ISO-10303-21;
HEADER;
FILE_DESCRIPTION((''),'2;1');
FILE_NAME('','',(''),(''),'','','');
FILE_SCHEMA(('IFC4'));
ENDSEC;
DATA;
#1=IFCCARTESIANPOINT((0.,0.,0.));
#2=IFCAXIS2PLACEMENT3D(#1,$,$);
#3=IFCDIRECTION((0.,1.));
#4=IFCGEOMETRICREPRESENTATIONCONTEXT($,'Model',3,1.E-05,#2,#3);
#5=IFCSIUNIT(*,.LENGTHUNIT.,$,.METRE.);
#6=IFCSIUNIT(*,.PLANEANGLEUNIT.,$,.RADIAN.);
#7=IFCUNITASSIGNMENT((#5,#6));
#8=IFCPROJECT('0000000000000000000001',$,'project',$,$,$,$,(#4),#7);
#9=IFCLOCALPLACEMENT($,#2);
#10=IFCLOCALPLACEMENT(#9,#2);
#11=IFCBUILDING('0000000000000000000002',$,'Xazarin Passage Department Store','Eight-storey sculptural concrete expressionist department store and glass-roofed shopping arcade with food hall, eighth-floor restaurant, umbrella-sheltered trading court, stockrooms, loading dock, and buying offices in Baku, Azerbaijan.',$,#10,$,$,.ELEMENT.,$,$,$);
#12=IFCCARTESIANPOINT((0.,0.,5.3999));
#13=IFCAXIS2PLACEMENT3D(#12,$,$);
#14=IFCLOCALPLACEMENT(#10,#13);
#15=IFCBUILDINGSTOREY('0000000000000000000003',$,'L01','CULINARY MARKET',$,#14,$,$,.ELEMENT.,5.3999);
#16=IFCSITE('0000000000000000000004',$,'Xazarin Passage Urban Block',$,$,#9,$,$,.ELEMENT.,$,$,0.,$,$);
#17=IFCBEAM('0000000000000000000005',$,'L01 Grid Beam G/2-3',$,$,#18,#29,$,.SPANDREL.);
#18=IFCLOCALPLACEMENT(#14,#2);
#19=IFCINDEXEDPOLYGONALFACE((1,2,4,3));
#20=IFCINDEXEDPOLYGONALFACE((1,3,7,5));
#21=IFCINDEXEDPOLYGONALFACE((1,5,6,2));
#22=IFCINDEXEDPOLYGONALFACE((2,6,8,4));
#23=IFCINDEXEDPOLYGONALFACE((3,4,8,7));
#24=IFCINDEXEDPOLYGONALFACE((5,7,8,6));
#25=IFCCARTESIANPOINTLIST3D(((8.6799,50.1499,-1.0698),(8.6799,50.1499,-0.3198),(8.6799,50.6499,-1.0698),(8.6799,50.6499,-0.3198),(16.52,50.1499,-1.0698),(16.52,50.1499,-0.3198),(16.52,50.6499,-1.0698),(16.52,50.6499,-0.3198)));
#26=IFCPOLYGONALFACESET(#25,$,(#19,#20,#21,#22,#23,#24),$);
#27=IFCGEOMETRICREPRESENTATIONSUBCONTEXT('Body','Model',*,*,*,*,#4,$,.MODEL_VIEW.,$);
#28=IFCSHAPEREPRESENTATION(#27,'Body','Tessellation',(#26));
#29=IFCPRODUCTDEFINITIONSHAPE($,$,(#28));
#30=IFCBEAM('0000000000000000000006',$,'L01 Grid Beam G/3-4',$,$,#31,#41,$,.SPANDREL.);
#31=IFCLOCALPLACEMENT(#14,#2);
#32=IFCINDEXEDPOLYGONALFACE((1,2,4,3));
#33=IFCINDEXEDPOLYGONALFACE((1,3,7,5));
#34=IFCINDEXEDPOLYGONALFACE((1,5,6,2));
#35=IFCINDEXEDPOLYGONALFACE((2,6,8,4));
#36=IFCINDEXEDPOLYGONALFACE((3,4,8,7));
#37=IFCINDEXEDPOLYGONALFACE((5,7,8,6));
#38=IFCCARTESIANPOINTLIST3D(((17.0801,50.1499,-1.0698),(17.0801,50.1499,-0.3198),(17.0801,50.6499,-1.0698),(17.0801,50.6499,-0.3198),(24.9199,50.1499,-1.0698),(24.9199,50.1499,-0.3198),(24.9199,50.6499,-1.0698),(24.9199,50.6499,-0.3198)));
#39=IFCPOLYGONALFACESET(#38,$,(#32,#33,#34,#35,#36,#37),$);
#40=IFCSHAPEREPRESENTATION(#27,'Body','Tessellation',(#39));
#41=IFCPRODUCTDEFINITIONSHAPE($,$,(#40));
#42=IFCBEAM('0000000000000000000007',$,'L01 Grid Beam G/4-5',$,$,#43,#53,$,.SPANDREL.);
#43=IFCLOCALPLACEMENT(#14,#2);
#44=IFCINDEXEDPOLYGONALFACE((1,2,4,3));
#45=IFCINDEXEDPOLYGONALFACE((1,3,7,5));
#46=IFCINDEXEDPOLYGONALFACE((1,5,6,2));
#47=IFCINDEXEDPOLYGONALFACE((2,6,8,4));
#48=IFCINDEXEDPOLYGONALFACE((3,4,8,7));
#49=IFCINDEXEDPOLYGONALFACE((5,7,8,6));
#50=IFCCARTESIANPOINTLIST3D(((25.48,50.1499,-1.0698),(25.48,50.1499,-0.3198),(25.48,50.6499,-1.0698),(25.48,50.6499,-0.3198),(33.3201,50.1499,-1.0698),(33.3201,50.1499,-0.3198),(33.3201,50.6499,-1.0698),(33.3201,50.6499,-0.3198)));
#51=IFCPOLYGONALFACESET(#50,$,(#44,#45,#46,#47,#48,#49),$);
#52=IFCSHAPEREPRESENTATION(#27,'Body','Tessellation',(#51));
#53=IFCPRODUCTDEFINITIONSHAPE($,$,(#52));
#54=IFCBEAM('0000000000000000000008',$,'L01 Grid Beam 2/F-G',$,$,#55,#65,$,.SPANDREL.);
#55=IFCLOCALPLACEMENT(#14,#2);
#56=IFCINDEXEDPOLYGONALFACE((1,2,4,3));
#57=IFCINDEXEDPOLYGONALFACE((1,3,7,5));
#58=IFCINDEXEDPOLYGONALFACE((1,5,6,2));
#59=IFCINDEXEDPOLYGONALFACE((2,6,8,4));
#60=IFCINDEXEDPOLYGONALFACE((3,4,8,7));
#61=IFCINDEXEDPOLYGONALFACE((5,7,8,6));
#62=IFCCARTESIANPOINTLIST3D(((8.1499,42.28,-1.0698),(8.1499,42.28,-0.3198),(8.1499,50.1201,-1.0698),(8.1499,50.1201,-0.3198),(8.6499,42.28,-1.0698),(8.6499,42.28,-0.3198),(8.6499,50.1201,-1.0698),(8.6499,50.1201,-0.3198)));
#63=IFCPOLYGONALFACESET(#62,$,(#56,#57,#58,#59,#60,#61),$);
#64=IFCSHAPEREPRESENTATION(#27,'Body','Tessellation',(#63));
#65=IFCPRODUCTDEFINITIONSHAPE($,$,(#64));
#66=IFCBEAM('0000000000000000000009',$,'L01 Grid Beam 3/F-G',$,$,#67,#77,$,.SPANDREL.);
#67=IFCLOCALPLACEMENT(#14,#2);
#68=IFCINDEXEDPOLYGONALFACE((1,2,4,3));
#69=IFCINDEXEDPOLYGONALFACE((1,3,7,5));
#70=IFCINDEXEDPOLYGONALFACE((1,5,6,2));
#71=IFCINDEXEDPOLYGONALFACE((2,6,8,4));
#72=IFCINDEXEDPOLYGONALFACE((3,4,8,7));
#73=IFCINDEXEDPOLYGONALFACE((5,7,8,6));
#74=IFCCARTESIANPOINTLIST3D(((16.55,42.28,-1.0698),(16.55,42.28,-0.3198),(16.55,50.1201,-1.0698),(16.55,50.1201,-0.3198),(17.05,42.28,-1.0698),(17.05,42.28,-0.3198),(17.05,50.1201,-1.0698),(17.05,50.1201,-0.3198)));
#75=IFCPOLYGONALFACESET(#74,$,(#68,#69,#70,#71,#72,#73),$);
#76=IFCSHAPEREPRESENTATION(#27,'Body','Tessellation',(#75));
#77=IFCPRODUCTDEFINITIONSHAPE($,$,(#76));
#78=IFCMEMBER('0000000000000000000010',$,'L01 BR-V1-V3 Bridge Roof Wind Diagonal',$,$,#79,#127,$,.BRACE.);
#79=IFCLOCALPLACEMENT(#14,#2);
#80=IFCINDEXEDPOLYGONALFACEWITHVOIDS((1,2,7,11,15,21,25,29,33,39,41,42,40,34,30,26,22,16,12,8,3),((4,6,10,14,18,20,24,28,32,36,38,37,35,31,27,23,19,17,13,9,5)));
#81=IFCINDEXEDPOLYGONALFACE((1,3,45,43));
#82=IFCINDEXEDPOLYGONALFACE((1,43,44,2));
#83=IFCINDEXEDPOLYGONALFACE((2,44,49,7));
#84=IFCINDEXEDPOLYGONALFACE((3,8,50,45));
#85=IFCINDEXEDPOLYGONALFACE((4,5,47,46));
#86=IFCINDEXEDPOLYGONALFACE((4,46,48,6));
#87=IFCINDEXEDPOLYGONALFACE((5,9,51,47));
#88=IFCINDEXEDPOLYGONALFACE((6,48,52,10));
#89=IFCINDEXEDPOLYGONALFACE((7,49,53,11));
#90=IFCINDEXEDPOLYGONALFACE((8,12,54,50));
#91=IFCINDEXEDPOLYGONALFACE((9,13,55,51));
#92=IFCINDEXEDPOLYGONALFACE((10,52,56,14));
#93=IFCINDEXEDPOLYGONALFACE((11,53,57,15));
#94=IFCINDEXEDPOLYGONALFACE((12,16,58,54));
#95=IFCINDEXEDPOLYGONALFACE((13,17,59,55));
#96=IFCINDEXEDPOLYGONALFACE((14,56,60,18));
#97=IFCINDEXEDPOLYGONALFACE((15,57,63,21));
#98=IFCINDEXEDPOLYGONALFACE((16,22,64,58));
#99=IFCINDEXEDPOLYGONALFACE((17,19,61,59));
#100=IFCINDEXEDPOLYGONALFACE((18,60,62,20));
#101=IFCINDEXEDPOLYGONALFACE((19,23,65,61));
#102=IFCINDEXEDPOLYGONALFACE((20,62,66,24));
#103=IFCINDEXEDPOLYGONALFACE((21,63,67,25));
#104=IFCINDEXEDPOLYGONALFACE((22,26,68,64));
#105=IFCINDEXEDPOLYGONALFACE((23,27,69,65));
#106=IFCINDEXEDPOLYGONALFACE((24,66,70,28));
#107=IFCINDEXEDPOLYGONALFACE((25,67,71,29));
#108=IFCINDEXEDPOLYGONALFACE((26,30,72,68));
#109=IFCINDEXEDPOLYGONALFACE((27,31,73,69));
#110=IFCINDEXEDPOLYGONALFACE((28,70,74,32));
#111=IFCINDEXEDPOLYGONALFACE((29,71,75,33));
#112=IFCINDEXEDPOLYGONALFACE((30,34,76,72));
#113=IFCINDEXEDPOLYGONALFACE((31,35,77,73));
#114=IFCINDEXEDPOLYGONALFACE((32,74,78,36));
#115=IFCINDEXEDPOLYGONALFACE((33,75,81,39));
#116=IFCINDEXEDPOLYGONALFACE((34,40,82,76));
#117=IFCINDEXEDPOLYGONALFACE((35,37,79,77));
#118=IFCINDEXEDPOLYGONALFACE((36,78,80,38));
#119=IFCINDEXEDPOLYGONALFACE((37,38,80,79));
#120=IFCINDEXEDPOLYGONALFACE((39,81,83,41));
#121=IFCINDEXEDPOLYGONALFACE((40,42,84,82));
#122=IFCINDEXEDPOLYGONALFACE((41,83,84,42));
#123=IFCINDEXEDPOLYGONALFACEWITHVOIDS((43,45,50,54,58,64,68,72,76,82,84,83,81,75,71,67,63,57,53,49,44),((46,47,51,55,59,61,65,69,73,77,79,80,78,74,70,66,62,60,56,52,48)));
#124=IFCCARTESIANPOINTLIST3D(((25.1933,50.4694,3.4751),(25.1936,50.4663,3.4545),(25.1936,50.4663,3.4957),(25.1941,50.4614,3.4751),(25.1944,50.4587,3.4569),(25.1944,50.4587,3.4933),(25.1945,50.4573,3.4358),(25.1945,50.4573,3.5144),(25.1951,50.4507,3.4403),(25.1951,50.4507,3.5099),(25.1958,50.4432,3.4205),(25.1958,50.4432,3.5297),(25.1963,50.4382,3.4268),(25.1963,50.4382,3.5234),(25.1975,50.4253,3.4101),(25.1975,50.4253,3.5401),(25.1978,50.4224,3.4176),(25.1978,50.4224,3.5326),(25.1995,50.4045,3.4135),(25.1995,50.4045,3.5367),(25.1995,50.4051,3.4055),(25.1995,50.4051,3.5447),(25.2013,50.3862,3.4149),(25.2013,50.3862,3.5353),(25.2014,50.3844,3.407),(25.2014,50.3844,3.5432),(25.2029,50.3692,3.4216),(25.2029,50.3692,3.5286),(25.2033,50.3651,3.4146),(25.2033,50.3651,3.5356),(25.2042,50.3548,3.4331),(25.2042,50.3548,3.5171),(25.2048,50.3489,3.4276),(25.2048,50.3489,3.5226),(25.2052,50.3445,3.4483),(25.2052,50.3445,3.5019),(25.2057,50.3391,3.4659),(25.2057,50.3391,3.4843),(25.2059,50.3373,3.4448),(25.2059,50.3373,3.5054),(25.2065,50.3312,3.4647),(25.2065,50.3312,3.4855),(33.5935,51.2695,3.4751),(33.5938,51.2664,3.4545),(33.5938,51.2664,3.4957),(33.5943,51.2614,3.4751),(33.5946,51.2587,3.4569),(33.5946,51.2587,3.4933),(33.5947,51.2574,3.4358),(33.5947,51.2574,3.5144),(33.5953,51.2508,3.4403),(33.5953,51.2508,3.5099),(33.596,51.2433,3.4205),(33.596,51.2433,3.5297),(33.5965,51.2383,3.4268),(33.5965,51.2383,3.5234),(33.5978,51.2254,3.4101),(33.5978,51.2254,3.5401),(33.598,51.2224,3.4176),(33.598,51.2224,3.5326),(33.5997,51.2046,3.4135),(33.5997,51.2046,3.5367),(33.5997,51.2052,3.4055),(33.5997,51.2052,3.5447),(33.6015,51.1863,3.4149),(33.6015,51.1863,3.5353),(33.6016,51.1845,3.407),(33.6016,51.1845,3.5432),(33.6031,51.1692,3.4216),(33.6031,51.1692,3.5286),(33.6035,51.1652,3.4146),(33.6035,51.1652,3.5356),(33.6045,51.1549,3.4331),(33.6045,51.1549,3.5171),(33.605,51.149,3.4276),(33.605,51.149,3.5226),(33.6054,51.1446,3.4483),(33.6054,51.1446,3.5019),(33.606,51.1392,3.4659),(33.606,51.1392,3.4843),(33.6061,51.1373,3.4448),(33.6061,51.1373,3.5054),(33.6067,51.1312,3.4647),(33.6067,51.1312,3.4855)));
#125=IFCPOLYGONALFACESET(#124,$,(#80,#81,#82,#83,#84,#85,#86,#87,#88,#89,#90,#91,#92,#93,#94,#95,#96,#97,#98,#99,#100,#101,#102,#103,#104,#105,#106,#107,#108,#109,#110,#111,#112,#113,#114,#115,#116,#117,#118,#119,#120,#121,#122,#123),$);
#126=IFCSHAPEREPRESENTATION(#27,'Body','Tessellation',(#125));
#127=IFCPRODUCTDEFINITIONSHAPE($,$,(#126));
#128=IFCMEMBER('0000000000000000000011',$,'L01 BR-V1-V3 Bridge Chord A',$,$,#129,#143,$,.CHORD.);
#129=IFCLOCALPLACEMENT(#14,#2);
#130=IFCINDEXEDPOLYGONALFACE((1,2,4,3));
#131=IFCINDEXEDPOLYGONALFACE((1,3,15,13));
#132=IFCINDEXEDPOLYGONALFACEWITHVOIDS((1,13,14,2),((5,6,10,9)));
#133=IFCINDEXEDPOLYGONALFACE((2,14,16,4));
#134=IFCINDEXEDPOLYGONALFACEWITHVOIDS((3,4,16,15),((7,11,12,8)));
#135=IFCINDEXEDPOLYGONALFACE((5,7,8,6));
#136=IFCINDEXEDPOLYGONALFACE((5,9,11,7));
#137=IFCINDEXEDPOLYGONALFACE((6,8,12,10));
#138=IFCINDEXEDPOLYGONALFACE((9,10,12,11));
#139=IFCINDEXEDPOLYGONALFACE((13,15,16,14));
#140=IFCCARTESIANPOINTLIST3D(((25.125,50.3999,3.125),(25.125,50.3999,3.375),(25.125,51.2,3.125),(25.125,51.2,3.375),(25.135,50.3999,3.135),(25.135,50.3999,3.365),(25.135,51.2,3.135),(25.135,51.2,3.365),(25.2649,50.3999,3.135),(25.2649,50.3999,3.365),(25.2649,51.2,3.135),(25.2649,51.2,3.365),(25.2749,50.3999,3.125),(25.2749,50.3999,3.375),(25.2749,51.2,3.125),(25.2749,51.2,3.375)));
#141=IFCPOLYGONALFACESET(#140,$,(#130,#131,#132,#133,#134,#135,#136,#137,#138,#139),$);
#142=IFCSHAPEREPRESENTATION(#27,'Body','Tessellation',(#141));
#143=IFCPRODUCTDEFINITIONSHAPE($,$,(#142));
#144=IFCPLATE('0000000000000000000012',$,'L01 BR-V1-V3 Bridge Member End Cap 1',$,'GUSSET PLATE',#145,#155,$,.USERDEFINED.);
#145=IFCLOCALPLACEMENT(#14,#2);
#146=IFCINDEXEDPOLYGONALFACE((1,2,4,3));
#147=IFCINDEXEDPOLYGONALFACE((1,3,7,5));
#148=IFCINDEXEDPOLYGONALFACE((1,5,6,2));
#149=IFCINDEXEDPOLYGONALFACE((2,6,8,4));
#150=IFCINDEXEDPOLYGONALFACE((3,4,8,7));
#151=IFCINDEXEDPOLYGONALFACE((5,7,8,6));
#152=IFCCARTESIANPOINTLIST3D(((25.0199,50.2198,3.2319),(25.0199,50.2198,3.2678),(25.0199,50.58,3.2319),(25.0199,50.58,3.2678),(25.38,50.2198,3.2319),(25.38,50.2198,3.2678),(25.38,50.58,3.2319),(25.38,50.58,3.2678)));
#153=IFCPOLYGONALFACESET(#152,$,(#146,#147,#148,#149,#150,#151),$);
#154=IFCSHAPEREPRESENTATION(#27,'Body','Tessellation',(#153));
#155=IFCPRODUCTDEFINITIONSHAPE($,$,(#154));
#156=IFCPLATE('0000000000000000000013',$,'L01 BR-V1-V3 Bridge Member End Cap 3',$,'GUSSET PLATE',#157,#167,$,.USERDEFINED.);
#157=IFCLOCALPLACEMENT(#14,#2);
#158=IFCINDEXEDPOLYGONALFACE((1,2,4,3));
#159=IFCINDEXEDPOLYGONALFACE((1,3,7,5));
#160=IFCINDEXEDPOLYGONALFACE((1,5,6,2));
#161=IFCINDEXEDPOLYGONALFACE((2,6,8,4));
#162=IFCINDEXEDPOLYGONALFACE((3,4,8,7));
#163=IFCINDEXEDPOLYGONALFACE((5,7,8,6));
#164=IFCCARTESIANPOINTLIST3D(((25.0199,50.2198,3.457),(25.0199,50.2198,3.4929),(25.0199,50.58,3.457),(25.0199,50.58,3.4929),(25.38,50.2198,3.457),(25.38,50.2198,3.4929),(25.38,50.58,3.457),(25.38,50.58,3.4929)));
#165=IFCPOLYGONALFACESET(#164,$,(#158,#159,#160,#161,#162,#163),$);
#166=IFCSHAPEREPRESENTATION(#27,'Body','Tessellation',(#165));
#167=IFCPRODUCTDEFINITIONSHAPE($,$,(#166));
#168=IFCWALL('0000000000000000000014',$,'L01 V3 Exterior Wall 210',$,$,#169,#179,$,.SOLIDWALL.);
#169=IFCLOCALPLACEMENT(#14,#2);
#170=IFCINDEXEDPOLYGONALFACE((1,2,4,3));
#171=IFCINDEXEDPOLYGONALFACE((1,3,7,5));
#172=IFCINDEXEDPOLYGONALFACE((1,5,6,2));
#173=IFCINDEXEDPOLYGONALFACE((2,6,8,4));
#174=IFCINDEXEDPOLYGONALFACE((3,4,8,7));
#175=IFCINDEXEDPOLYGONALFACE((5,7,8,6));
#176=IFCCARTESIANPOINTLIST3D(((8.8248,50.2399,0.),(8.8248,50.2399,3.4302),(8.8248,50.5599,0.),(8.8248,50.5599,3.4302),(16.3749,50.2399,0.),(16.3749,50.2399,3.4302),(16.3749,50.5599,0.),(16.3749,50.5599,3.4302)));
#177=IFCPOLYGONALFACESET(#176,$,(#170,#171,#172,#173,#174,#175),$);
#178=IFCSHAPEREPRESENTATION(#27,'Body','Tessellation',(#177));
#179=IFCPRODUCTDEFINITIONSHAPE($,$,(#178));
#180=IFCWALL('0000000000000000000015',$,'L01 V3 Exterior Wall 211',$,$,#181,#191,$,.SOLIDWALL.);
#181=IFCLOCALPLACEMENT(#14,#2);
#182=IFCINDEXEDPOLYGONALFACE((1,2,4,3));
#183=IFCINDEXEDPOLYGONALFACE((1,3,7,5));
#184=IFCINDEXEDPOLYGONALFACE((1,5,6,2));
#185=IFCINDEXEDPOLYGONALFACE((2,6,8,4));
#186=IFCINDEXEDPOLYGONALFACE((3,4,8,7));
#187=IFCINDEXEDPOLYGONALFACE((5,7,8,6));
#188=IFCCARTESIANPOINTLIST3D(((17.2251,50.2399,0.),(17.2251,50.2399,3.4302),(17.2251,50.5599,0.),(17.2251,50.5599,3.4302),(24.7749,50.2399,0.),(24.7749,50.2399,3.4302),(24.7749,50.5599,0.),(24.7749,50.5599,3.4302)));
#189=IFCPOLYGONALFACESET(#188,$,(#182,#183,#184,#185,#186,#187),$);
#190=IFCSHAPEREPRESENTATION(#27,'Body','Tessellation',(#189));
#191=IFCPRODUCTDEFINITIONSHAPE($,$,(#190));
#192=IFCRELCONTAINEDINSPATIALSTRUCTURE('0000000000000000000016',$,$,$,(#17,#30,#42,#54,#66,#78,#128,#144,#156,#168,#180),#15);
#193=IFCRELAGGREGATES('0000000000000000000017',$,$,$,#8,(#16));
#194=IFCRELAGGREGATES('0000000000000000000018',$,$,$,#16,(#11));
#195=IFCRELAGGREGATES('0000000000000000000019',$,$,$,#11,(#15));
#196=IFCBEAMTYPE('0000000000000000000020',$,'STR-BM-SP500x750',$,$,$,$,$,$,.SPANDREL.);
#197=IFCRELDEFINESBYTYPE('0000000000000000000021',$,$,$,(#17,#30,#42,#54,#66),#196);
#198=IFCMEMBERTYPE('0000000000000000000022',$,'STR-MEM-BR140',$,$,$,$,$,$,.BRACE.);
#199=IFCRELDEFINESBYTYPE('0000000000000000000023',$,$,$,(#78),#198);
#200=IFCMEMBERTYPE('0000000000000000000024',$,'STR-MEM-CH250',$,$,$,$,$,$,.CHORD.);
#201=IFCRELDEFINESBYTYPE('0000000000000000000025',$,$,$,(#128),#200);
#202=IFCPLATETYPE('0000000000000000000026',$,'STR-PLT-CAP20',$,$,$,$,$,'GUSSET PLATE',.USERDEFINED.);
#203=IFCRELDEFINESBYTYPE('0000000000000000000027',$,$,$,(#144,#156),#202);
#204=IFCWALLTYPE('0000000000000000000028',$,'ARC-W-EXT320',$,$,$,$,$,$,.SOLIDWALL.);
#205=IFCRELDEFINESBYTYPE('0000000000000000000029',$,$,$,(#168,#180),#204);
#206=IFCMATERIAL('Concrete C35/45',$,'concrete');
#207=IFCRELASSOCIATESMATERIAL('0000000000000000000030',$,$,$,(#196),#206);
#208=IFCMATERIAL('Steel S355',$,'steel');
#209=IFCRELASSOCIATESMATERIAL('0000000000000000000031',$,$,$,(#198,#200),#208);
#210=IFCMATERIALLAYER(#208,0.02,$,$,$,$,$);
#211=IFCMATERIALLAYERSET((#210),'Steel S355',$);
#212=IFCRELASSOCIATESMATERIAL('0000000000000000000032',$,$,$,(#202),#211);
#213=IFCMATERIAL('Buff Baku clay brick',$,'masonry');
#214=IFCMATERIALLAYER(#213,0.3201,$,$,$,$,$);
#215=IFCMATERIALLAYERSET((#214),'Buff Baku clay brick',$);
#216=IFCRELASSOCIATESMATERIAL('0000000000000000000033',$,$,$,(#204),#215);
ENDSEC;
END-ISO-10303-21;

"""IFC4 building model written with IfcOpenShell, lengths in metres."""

from ifc_helpers import new_model, si_unit, direction, frame, frame_2d, origin, origin_2d, place, context, subcontext, project, spatial, rectangle, hollow_rectangle, hollow_circle, extrude, material, layer, layer_set, material_profile, profile_set, type_object, element, save


model = new_model("IFC4")

# Units and contexts
model_context = context("Model", 3, precision=1e-05, world=origin(), true_north=direction((0.0, 1.0)))
body_context = subcontext(model_context, "Body", "Model", "MODEL_VIEW")
ifc_project = project(units=[si_unit("LENGTHUNIT", "METRE"), si_unit("PLANEANGLEUNIT", "RADIAN")], contexts=[model_context])

# Site, building, storey
site_placement = place(None, origin())
site = spatial("IfcSite", under=ifc_project, at=site_placement, Name="Xazarin Passage Urban Block", CompositionType="ELEMENT", RefElevation=0.0)
building_placement = place(site_placement, origin())
building = spatial("IfcBuilding", under=site, at=building_placement, Name="Xazarin Passage Department Store", Description="Eight-storey sculptural concrete expressionist department store and glass-roofed shopping arcade with food hall, eighth-floor restaurant, umbrella-sheltered trading court, stockrooms, loading dock, and buying offices in Baku, Azerbaijan.", CompositionType="ELEMENT")
storey_placement = place(building_placement, frame((0.0, 0.0, 5.3999)))
storey = spatial("IfcBuildingStorey", under=building, at=storey_placement, Name="L01", Description="CULINARY MARKET", CompositionType="ELEMENT", Elevation=5.3999)

# Beams
ifc_material_1 = material(Name="Steel S355", Category="steel")
ifc_material_2 = material(Name="Concrete C35/45", Category="concrete")
ifc_material_profile_1 = material_profile(ifc_material_2, rectangle(XDim=0.5, YDim=0.75, at=origin_2d()), Name="RC 500x750")
ifc_profile_set_1 = profile_set([ifc_material_profile_1], Name="Concrete C35/45")
beam_type_1 = type_object("IfcBeamType", Name="STR-BM-SP500x750", PredefinedType="SPANDREL", material=ifc_profile_set_1)
beam_1_placement = place(storey_placement, frame((8.6799, 50.3999, -0.6948), z_axis=(1.0, 0.0, 0.0), x_axis=(0.0, 1.0, 0.0)))
element("IfcBeam", 1, at=beam_1_placement, inside=storey, type_object=beam_type_1, Name="L01 Grid Beam G/2-3", PredefinedType="SPANDREL", context=body_context, shape_type="SweptSolid", body=[
    extrude(rectangle(XDim=0.5, YDim=0.75, at=origin_2d()), origin(), (0.0, 0.0, 1.0), 7.8401),
])
beam_2_placement = place(storey_placement, frame((17.0801, 50.3999, -0.6948), z_axis=(1.0, 0.0, 0.0), x_axis=(0.0, 1.0, 0.0)))
element("IfcBeam", 2, at=beam_2_placement, inside=storey, type_object=beam_type_1, Name="L01 Grid Beam G/3-4", PredefinedType="SPANDREL", context=body_context, shape_type="SweptSolid", body=[
    extrude(rectangle(XDim=0.5, YDim=0.75, at=origin_2d()), origin(), (0.0, 0.0, 1.0), 7.8398),
])
for number, where, z_axis, x_axis, name in (
    (3, (25.48, 50.3999, -0.6948), (1.0, 0.0, 0.0), (0.0, 1.0, 0.0), "L01 Grid Beam G/4-5"),
    (4, (8.3999, 42.28, -0.6948), (0.0, 1.0, 0.0), (-1.0, 0.0, 0.0), "L01 Grid Beam 2/F-G"),
    (5, (16.8, 42.28, -0.6948), (0.0, 1.0, 0.0), (-1.0, 0.0, 0.0), "L01 Grid Beam 3/F-G"),
):
    element("IfcBeam", number, at=place(storey_placement, frame(where, z_axis=z_axis, x_axis=x_axis)), inside=storey, type_object=beam_type_1, Name=name, PredefinedType="SPANDREL", context=body_context, shape_type="SweptSolid", body=[
        extrude(rectangle(XDim=0.5, YDim=0.75, at=origin_2d()), origin(), (0.0, 0.0, 1.0), 7.8401),
    ])

# Members
ifc_material_profile_2 = material_profile(ifc_material_1, hollow_circle(Radius=0.0698, WallThickness=0.0081, at=origin_2d()), Name="CHS 139.7x8")
ifc_profile_set_2 = profile_set([ifc_material_profile_2], Name="Steel S355")
member_type_1 = type_object("IfcMemberType", Name="STR-MEM-BR140", PredefinedType="BRACE", material=ifc_profile_set_2)
member_1_placement = place(storey_placement, frame((25.2, 50.3999, 3.4751), z_axis=(0.995495, 0.094813, 0.0), x_axis=(-0.094813, 0.995495, 0.0)))
element("IfcMember", 6, at=member_1_placement, inside=storey, type_object=member_type_1, Name="L01 BR-V1-V3 Bridge Roof Wind Diagonal", PredefinedType="BRACE", context=body_context, shape_type="SweptSolid", body=[
    extrude(hollow_circle(Radius=0.0698, WallThickness=0.0081, at=origin_2d()), origin(), (0.0, 0.0, 1.0), 8.4382),
])
ifc_material_profile_3 = material_profile(ifc_material_1, hollow_rectangle(XDim=0.1499, YDim=0.25, WallThickness=0.01, at=origin_2d()), Name="RHS 250x150x10")
ifc_profile_set_3 = profile_set([ifc_material_profile_3], Name="Steel S355")
member_type_2 = type_object("IfcMemberType", Name="STR-MEM-CH250", PredefinedType="CHORD", material=ifc_profile_set_3)
member_2_placement = place(storey_placement, frame((25.2, 50.3999, 3.25), z_axis=(0.0, 1.0, 0.0), x_axis=(-1.0, 0.0, 0.0)))
element("IfcMember", 7, at=member_2_placement, inside=storey, type_object=member_type_2, Name="L01 BR-V1-V3 Bridge Chord A", PredefinedType="CHORD", context=body_context, shape_type="SweptSolid", body=[
    extrude(hollow_rectangle(XDim=0.1499, YDim=0.25, WallThickness=0.01, at=origin_2d()), origin(), (0.0, 0.0, 1.0), 0.8),
])

# Plates
ifc_layer_1 = layer(ifc_material_1, 0.02)
ifc_layer_set_1 = layer_set([ifc_layer_1], Name="Steel S355")
plate_type = type_object("IfcPlateType", Name="STR-PLT-CAP20", ElementType="GUSSET PLATE", PredefinedType="USERDEFINED", material=ifc_layer_set_1)
for number, where, z_axis, x_axis, name in (
    (8, (25.2, 50.3999, 3.2319), (0.0, 0.0, 1.0), (1.0, 0.0, 0.0), "L01 BR-V1-V3 Bridge Member End Cap 1"),
    (9, (25.2, 50.3999, 3.457), (0.0, 0.0, 1.0), (1.0, 0.0, 0.0), "L01 BR-V1-V3 Bridge Member End Cap 3"),
):
    element("IfcPlate", number, at=place(storey_placement, frame(where, z_axis=z_axis, x_axis=x_axis)), inside=storey, type_object=plate_type, Name=name, ObjectType="GUSSET PLATE", PredefinedType="USERDEFINED", context=body_context, shape_type="SweptSolid", body=[
        extrude(rectangle(XDim=0.3601, YDim=0.3601, at=origin_2d()), origin(), (0.0, 0.0, 1.0), 0.0359),
    ])

# Walls
ifc_material_3 = material(Name="Buff Baku clay brick", Category="masonry")
ifc_layer_2 = layer(ifc_material_3, 0.3201)
ifc_layer_set_2 = layer_set([ifc_layer_2], Name="Buff Baku clay brick")
wall_type_1 = type_object("IfcWallType", Name="ARC-W-EXT320", PredefinedType="SOLIDWALL", material=ifc_layer_set_2)
wall_1_placement = place(storey_placement, frame((8.825, 50.3999, 0.0), z_axis=(0.0, 0.0, 1.0), x_axis=(1.0, 0.0, 0.0)))
element("IfcWall", 10, at=wall_1_placement, inside=storey, type_object=wall_type_1, Name="L01 V3 Exterior Wall 210", PredefinedType="SOLIDWALL", context=body_context, shape_type="SweptSolid", body=[
    extrude(rectangle(XDim=7.55, YDim=0.3201, at=frame_2d((3.7749, 0.0))), origin(), (0.0, 0.0, 1.0), 3.4302),
])
wall_2_placement = place(storey_placement, frame((17.2251, 50.3999, 0.0), z_axis=(0.0, 0.0, 1.0), x_axis=(1.0, 0.0, 0.0)))
element("IfcWall", 11, at=wall_2_placement, inside=storey, type_object=wall_type_1, Name="L01 V3 Exterior Wall 211", PredefinedType="SOLIDWALL", context=body_context, shape_type="SweptSolid", body=[
    extrude(rectangle(XDim=7.5498, YDim=0.3201, at=frame_2d((3.7749, 0.0))), origin(), (0.0, 0.0, 1.0), 3.4302),
])

save(model, "model.ifc")
